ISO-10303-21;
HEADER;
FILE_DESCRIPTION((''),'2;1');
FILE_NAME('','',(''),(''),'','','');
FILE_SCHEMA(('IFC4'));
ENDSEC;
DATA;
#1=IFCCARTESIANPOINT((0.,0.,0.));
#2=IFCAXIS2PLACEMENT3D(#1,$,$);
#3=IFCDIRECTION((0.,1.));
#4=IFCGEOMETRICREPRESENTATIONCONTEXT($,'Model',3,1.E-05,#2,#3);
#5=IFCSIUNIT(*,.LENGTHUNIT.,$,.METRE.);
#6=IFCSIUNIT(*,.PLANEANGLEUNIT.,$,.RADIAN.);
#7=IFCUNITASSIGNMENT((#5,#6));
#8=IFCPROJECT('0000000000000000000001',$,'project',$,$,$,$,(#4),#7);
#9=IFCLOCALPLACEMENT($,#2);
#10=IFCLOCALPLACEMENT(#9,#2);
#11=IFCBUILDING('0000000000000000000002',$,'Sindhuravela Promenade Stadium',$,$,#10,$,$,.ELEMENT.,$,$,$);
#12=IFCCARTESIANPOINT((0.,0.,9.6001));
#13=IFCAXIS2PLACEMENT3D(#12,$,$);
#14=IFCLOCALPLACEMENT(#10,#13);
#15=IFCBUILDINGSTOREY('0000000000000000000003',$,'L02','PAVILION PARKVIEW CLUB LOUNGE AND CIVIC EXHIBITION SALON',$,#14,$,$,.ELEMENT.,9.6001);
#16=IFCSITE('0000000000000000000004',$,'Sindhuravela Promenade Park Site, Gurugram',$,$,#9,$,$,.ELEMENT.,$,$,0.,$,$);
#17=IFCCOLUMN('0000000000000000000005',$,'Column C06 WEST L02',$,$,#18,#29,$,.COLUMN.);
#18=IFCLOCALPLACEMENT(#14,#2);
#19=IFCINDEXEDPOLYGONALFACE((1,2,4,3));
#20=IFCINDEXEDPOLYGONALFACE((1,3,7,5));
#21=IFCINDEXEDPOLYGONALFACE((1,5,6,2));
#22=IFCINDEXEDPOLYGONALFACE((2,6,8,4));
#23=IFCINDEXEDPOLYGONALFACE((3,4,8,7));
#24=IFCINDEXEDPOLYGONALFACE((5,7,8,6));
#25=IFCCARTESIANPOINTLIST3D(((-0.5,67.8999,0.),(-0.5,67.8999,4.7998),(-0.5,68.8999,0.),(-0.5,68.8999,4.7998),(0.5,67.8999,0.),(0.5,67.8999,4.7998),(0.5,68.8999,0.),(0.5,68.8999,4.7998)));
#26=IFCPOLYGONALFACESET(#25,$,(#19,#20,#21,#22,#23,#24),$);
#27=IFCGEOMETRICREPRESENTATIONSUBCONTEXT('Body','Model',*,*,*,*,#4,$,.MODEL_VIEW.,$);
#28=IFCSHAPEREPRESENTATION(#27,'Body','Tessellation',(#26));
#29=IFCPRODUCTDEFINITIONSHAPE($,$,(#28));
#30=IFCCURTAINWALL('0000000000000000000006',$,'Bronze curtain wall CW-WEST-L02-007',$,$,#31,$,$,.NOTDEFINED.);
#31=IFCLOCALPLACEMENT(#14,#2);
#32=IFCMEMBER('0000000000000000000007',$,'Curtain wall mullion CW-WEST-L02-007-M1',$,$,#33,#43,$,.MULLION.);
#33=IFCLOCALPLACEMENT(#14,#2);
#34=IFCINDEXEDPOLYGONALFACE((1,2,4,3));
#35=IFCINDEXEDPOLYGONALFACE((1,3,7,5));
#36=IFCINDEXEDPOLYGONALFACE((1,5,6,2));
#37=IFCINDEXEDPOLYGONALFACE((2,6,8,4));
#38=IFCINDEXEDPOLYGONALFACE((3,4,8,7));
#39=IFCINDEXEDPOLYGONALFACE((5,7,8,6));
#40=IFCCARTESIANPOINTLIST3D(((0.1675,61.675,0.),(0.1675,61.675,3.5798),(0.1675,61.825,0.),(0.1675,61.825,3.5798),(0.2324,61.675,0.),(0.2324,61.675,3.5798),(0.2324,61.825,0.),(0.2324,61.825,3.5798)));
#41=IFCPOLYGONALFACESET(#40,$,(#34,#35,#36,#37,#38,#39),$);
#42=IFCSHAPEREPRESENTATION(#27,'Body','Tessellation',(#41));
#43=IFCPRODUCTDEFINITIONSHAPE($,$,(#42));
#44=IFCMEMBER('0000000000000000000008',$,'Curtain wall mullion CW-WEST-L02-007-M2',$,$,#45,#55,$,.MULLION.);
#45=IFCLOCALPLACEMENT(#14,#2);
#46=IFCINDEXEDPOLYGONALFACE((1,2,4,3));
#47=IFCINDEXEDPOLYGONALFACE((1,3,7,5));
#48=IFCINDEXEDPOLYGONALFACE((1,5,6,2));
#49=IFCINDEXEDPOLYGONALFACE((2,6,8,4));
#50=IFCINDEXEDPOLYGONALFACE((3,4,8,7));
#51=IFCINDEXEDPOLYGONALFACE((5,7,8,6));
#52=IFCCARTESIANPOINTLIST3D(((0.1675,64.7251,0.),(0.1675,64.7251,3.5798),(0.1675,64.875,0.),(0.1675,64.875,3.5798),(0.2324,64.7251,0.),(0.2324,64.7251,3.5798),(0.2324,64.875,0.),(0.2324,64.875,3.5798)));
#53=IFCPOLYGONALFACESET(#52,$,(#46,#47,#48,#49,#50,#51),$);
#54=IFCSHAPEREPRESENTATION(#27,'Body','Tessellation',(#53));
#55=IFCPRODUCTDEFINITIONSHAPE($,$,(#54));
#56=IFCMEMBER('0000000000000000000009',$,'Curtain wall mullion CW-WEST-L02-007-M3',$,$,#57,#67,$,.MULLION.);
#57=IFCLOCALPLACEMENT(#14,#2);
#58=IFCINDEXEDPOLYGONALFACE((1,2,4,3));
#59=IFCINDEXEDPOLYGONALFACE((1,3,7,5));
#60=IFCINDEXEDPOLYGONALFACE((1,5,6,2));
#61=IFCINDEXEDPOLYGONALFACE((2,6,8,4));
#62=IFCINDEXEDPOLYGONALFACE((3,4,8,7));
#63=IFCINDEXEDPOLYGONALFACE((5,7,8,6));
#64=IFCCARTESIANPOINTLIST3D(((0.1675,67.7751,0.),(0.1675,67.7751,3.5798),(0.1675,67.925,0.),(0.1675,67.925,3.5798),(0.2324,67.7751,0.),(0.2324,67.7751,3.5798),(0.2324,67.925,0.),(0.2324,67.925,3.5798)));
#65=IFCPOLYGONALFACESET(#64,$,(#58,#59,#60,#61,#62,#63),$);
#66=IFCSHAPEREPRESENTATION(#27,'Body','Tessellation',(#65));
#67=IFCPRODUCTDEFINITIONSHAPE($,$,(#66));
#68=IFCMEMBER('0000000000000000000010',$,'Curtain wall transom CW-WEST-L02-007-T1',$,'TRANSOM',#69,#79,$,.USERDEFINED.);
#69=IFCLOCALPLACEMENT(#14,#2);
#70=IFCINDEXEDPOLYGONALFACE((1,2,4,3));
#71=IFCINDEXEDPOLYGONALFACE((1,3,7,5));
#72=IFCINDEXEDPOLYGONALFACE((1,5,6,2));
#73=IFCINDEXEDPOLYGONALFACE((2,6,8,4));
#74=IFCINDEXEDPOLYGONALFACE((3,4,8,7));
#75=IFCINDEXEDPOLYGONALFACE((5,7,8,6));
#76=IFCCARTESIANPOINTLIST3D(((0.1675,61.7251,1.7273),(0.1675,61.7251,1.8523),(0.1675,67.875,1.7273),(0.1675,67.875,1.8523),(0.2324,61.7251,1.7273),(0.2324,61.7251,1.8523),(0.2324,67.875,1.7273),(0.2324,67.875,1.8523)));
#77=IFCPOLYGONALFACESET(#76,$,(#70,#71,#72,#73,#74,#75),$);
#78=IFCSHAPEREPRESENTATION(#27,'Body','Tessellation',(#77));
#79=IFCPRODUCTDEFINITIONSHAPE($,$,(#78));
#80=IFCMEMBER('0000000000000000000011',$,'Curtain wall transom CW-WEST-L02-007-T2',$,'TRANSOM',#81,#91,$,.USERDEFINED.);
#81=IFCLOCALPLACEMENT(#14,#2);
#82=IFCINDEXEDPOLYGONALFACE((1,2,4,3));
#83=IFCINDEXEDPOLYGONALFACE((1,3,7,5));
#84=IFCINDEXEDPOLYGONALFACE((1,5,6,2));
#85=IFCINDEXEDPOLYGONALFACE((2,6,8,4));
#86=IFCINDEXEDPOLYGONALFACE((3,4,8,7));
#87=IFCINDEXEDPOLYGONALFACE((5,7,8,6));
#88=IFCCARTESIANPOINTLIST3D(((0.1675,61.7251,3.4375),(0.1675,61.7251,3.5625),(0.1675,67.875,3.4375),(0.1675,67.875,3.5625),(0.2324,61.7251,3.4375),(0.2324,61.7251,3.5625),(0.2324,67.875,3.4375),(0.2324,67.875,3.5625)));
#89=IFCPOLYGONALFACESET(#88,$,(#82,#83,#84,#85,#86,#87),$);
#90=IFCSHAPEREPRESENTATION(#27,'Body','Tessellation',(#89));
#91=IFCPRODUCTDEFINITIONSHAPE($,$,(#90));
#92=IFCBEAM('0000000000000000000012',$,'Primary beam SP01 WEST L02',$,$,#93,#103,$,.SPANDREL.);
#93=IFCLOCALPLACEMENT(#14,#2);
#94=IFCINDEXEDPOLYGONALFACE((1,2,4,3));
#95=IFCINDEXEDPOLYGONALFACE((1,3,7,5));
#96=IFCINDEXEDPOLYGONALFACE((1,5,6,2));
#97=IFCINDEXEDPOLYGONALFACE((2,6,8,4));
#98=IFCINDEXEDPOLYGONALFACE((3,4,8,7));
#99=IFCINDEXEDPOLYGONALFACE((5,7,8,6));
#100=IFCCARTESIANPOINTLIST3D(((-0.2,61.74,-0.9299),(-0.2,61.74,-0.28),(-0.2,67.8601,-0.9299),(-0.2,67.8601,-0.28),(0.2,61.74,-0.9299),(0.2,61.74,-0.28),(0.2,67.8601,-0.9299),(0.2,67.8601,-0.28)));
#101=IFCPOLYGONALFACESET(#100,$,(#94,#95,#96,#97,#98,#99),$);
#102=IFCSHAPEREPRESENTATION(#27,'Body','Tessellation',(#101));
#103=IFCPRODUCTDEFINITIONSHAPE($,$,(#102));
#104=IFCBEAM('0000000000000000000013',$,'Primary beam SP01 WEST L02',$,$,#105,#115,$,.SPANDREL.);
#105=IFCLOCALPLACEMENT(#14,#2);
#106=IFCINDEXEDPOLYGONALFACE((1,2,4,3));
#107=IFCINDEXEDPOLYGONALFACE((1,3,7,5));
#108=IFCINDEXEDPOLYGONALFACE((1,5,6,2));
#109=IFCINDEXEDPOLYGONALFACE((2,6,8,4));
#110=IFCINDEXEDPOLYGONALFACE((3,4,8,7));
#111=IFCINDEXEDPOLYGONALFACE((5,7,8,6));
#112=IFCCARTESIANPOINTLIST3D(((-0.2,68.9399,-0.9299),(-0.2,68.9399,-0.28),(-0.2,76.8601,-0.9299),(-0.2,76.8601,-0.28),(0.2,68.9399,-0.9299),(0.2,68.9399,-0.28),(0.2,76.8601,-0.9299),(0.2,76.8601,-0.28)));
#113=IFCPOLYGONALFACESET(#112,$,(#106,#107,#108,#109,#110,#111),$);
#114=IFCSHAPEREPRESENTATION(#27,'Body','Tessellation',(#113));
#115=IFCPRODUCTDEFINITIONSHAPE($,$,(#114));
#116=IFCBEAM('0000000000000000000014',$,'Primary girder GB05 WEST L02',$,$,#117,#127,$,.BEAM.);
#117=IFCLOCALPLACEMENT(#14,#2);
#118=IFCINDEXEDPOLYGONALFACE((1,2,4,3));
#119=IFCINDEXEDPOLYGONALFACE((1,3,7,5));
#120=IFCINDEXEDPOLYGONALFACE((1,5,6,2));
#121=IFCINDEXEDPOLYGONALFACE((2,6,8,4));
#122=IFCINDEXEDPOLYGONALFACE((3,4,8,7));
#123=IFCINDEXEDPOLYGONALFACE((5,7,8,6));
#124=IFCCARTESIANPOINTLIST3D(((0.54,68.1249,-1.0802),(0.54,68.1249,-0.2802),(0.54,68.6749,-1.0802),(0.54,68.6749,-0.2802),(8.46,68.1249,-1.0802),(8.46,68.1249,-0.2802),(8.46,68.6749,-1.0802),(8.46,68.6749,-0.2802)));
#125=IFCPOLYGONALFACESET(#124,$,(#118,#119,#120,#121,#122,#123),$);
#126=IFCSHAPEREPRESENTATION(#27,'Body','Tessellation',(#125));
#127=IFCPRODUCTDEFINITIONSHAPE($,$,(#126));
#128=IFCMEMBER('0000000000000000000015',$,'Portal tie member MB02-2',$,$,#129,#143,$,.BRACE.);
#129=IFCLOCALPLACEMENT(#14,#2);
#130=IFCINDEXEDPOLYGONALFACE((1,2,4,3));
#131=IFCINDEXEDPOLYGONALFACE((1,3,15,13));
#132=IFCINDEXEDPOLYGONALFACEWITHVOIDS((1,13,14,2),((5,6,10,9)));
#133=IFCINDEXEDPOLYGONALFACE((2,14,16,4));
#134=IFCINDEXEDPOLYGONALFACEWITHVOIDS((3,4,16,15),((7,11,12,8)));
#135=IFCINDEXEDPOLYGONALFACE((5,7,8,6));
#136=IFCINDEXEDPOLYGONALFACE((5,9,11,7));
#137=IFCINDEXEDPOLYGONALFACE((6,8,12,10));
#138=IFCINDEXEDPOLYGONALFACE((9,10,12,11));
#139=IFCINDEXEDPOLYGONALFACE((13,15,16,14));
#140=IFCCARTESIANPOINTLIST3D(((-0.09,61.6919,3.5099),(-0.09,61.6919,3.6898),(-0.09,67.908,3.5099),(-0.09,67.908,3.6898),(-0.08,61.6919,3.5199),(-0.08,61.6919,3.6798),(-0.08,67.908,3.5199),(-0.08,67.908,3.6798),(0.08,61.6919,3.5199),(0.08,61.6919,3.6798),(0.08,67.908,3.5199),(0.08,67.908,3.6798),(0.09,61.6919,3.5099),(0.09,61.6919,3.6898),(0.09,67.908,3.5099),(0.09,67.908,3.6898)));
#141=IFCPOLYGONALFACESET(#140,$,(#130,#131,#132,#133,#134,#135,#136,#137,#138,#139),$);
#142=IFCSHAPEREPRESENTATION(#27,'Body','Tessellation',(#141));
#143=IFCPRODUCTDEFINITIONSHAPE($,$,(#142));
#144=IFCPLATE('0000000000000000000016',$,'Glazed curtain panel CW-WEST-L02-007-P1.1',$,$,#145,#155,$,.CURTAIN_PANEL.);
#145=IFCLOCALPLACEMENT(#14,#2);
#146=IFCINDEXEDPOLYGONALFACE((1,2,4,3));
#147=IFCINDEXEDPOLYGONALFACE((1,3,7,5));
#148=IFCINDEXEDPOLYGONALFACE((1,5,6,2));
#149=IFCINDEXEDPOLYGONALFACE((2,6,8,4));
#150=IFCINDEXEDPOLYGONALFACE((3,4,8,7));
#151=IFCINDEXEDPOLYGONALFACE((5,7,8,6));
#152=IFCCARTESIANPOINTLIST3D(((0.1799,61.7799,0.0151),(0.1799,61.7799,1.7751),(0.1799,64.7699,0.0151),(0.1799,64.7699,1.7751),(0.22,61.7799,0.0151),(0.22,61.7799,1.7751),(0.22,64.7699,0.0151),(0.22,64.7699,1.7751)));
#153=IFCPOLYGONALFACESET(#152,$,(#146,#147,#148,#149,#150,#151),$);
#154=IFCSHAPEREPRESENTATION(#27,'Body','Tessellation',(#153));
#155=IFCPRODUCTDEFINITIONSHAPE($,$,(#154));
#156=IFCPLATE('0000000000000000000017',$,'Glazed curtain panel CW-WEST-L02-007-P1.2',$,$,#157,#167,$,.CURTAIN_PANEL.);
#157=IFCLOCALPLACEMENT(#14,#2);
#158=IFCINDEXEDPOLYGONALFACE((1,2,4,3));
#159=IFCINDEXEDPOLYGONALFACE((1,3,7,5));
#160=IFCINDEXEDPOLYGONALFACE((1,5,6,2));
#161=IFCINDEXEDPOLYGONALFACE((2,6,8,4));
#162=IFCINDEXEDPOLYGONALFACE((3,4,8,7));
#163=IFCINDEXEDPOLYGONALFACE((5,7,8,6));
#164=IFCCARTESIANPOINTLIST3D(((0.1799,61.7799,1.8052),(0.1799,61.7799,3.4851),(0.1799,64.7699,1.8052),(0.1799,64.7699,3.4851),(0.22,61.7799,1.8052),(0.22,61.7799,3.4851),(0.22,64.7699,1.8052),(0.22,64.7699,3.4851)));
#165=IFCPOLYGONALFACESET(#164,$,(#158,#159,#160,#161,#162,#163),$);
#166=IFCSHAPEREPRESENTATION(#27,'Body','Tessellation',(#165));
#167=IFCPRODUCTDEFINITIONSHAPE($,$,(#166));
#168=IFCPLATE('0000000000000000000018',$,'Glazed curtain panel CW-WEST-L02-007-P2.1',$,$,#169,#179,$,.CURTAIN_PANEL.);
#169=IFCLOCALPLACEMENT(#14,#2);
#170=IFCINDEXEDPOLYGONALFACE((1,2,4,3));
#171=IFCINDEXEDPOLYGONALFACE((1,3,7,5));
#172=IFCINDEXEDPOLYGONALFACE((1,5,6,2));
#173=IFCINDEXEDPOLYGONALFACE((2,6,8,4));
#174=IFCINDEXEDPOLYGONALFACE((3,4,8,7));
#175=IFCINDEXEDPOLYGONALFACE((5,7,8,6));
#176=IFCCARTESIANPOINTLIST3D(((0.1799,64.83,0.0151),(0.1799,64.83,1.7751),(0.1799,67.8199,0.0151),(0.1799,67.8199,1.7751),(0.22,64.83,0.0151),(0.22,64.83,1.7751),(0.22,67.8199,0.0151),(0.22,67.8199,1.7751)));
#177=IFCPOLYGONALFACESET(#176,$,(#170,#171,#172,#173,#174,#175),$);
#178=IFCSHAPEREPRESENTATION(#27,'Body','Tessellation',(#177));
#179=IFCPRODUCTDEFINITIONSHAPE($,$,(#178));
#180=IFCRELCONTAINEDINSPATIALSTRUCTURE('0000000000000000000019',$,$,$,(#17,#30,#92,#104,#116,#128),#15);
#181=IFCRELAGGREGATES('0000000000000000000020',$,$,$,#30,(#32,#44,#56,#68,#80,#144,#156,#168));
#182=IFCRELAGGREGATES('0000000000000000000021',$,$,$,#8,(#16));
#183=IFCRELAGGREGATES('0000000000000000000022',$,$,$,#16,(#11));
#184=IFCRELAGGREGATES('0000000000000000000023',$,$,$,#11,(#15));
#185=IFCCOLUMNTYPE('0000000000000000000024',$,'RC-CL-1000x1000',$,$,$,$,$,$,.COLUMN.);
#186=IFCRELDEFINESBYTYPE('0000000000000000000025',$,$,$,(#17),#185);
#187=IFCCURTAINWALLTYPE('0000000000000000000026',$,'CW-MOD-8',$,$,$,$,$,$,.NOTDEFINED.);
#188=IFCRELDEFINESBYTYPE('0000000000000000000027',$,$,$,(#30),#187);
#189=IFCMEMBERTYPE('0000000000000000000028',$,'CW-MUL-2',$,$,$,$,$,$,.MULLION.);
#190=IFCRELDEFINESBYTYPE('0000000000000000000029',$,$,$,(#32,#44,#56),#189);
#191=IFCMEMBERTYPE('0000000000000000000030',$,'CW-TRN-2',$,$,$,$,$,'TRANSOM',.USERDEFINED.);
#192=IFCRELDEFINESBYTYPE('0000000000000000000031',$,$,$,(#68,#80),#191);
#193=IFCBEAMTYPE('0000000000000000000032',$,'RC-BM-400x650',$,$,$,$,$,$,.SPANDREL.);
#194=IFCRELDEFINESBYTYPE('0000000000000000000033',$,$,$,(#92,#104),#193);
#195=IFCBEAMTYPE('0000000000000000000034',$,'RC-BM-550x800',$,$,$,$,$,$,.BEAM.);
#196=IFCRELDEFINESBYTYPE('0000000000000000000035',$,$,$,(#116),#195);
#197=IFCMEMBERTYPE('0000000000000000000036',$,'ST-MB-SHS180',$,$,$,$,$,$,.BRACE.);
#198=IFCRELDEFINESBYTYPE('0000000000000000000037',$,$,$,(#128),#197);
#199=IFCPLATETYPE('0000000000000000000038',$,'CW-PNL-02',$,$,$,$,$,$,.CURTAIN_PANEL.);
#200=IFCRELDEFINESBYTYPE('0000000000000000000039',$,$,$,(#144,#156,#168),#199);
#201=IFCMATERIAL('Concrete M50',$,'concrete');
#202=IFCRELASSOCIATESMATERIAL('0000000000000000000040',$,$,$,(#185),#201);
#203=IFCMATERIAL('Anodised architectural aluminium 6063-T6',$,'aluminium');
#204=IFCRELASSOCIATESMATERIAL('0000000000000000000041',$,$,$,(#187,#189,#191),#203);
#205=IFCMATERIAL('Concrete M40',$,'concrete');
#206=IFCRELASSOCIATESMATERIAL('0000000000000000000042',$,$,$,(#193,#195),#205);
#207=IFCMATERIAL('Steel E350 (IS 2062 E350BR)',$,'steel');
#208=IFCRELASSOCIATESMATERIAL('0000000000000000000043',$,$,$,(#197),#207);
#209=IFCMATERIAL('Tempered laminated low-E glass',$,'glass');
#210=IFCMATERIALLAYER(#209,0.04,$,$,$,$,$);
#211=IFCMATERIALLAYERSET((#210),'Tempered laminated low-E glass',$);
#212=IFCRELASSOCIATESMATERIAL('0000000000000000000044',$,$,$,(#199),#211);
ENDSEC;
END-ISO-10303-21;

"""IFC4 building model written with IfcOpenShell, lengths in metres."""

from ifc_helpers import new_model, si_unit, direction, frame, origin, origin_2d, place, context, subcontext, project, spatial, rectangle, hollow_rectangle, extrude, material, layer, layer_set, material_profile, profile_set, type_object, element, aggregate, save


model = new_model("IFC4")

# Units and contexts
model_context = context("Model", 3, precision=1e-05, world=origin(), true_north=direction((0.0, 1.0)))
body_context = subcontext(model_context, "Body", "Model", "MODEL_VIEW")
ifc_project = project(units=[si_unit("LENGTHUNIT", "METRE"), si_unit("PLANEANGLEUNIT", "RADIAN")], contexts=[model_context])

# Site, building, storey
site_placement = place(None, origin())
site = spatial("IfcSite", under=ifc_project, at=site_placement, Name="Sindhuravela Promenade Park Site, Gurugram", CompositionType="ELEMENT", RefElevation=0.0)
building_placement = place(site_placement, origin())
building = spatial("IfcBuilding", under=site, at=building_placement, Name="Sindhuravela Promenade Stadium", CompositionType="ELEMENT")
storey_placement = place(building_placement, frame((0.0, 0.0, 9.6001)))
storey = spatial("IfcBuildingStorey", under=building, at=storey_placement, Name="L02", Description="PAVILION PARKVIEW CLUB LOUNGE AND CIVIC EXHIBITION SALON", CompositionType="ELEMENT", Elevation=9.6001)

# Column
ifc_material_1 = material(Name="Concrete M50", Category="concrete")
ifc_material_profile_1 = material_profile(ifc_material_1, rectangle(XDim=1.0, YDim=1.0, at=origin_2d()), Name="RC 1000x1000")
ifc_profile_set_1 = profile_set([ifc_material_profile_1], Name="Concrete M50")
column_type = type_object("IfcColumnType", Name="RC-CL-1000x1000", PredefinedType="COLUMN", material=ifc_profile_set_1)
column_placement = place(storey_placement, frame((0.0, 68.3999, 0.0), z_axis=(0.0, 0.0, 1.0), x_axis=(1.0, 0.0, 0.0)))
element("IfcColumn", 1, at=column_placement, inside=storey, type_object=column_type, Name="Column C06 WEST L02", PredefinedType="COLUMN", context=body_context, shape_type="SweptSolid", body=[
    extrude(rectangle(XDim=1.0, YDim=1.0, at=origin_2d()), origin(), (0.0, 0.0, 1.0), 4.7998),
])

# Curtain wall, members
ifc_material_2 = material(Name="Anodised architectural aluminium 6063-T6", Category="aluminium")
curtain_wall_type = type_object("IfcCurtainWallType", Name="CW-MOD-8", PredefinedType="NOTDEFINED", material=ifc_material_2)
curtain_wall_placement = place(storey_placement, origin())
curtain_wall = element("IfcCurtainWall", 2, at=curtain_wall_placement, inside=storey, type_object=curtain_wall_type, Name="Bronze curtain wall CW-WEST-L02-007", PredefinedType="NOTDEFINED")
ifc_material_profile_2 = material_profile(ifc_material_2, rectangle(XDim=0.0649, YDim=0.1499, at=origin_2d()), Name="ALU MULL 65x150")
ifc_profile_set_2 = profile_set([ifc_material_profile_2], Name="Anodised architectural aluminium 6063-T6")
member_type_1 = type_object("IfcMemberType", Name="CW-MUL-2", PredefinedType="MULLION", material=ifc_profile_set_2)
member_1_placement = place(storey_placement, frame((0.2, 61.75, 0.0), z_axis=(0.0, 0.0, 1.0), x_axis=(1.0, 0.0, 0.0)))
member_1 = element("IfcMember", 3, at=member_1_placement, type_object=member_type_1, Name="Curtain wall mullion CW-WEST-L02-007-M1", PredefinedType="MULLION", context=body_context, shape_type="SweptSolid", body=[
    extrude(rectangle(XDim=0.0649, YDim=0.1499, at=origin_2d()), origin(), (0.0, 0.0, 1.0), 3.5798),
])
member_2_placement = place(storey_placement, frame((0.2, 64.8, 0.0), z_axis=(0.0, 0.0, 1.0), x_axis=(1.0, 0.0, 0.0)))
member_2 = element("IfcMember", 4, at=member_2_placement, type_object=member_type_1, Name="Curtain wall mullion CW-WEST-L02-007-M2", PredefinedType="MULLION", context=body_context, shape_type="SweptSolid", body=[
    extrude(rectangle(XDim=0.0649, YDim=0.1499, at=origin_2d()), origin(), (0.0, 0.0, 1.0), 3.5798),
])
member_3_placement = place(storey_placement, frame((0.2, 67.8501, 0.0), z_axis=(0.0, 0.0, 1.0), x_axis=(1.0, 0.0, 0.0)))
member_3 = element("IfcMember", 5, at=member_3_placement, type_object=member_type_1, Name="Curtain wall mullion CW-WEST-L02-007-M3", PredefinedType="MULLION", context=body_context, shape_type="SweptSolid", body=[
    extrude(rectangle(XDim=0.0649, YDim=0.1499, at=origin_2d()), origin(), (0.0, 0.0, 1.0), 3.5798),
])
ifc_material_profile_3 = material_profile(ifc_material_2, rectangle(XDim=0.0649, YDim=0.125, at=origin_2d()), Name="ALU TRAN 65x125")
ifc_profile_set_3 = profile_set([ifc_material_profile_3], Name="Anodised architectural aluminium 6063-T6")
member_type_2 = type_object("IfcMemberType", Name="CW-TRN-2", ElementType="TRANSOM", PredefinedType="USERDEFINED", material=ifc_profile_set_3)
member_4_placement = place(storey_placement, frame((0.2, 61.7251, 1.7898), z_axis=(0.0, 1.0, 0.0), x_axis=(-1.0, 0.0, 0.0)))
member_4 = element("IfcMember", 6, at=member_4_placement, type_object=member_type_2, Name="Curtain wall transom CW-WEST-L02-007-T1", ObjectType="TRANSOM", PredefinedType="USERDEFINED", context=body_context, shape_type="SweptSolid", body=[
    extrude(rectangle(XDim=0.0649, YDim=0.125, at=origin_2d()), origin(), (0.0, 0.0, 1.0), 6.1499),
])
member_5_placement = place(storey_placement, frame((0.2, 61.7251, 3.5), z_axis=(0.0, 1.0, 0.0), x_axis=(-1.0, 0.0, 0.0)))
member_5 = element("IfcMember", 7, at=member_5_placement, type_object=member_type_2, Name="Curtain wall transom CW-WEST-L02-007-T2", ObjectType="TRANSOM", PredefinedType="USERDEFINED", context=body_context, shape_type="SweptSolid", body=[
    extrude(rectangle(XDim=0.0649, YDim=0.125, at=origin_2d()), origin(), (0.0, 0.0, 1.0), 6.1499),
])

# Beams
ifc_material_3 = material(Name="Concrete M40", Category="concrete")
ifc_material_profile_4 = material_profile(ifc_material_3, rectangle(XDim=0.3999, YDim=0.6499, at=origin_2d()), Name="RC 400x650")
ifc_profile_set_4 = profile_set([ifc_material_profile_4], Name="Concrete M40")
beam_type_1 = type_object("IfcBeamType", Name="RC-BM-400x650", PredefinedType="SPANDREL", material=ifc_profile_set_4)
beam_1_placement = place(storey_placement, frame((0.0, 61.74, -0.605), z_axis=(0.0, 1.0, 0.0), x_axis=(-1.0, 0.0, 0.0)))
element("IfcBeam", 8, at=beam_1_placement, inside=storey, type_object=beam_type_1, Name="Primary beam SP01 WEST L02", PredefinedType="SPANDREL", context=body_context, shape_type="SweptSolid", body=[
    extrude(rectangle(XDim=0.3999, YDim=0.6499, at=origin_2d()), origin(), (0.0, 0.0, 1.0), 6.1201),
])
beam_2_placement = place(storey_placement, frame((0.0, 68.9399, -0.605), z_axis=(0.0, 1.0, 0.0), x_axis=(-1.0, 0.0, 0.0)))
element("IfcBeam", 9, at=beam_2_placement, inside=storey, type_object=beam_type_1, Name="Primary beam SP01 WEST L02", PredefinedType="SPANDREL", context=body_context, shape_type="SweptSolid", body=[
    extrude(rectangle(XDim=0.3999, YDim=0.6499, at=origin_2d()), origin(), (0.0, 0.0, 1.0), 7.9202),
])
ifc_material_profile_5 = material_profile(ifc_material_3, rectangle(XDim=0.55, YDim=0.8, at=origin_2d()), Name="RC 550x800")
ifc_profile_set_5 = profile_set([ifc_material_profile_5], Name="Concrete M40")
beam_type_2 = type_object("IfcBeamType", Name="RC-BM-550x800", PredefinedType="BEAM", material=ifc_profile_set_5)
beam_3_placement = place(storey_placement, frame((0.54, 68.3999, -0.6802), z_axis=(1.0, 0.0, 0.0), x_axis=(0.0, 1.0, 0.0)))
element("IfcBeam", 10, at=beam_3_placement, inside=storey, type_object=beam_type_2, Name="Primary girder GB05 WEST L02", PredefinedType="BEAM", context=body_context, shape_type="SweptSolid", body=[
    extrude(rectangle(XDim=0.55, YDim=0.8, at=origin_2d()), origin(), (0.0, 0.0, 1.0), 7.9199),
])

# Member
ifc_material_4 = material(Name="Steel E350 (IS 2062 E350BR)", Category="steel")
ifc_material_profile_6 = material_profile(ifc_material_4, hollow_rectangle(XDim=0.1799, YDim=0.1799, WallThickness=0.01, at=origin_2d()), Name="SHS 180x180x10")
ifc_profile_set_6 = profile_set([ifc_material_profile_6], Name="Steel E350 (IS 2062 E350BR)")
member_type_3 = type_object("IfcMemberType", Name="ST-MB-SHS180", PredefinedType="BRACE", material=ifc_profile_set_6)
member_6_placement = place(storey_placement, frame((0.0, 61.6919, 3.5999), z_axis=(0.0, 1.0, 0.0), x_axis=(-1.0, 0.0, 0.0)))
element("IfcMember", 11, at=member_6_placement, inside=storey, type_object=member_type_3, Name="Portal tie member MB02-2", PredefinedType="BRACE", context=body_context, shape_type="SweptSolid", body=[
    extrude(hollow_rectangle(XDim=0.1799, YDim=0.1799, WallThickness=0.01, at=origin_2d()), origin(), (0.0, 0.0, 1.0), 6.2161),
])

# Plates
ifc_material_5 = material(Name="Tempered laminated low-E glass", Category="glass")
ifc_layer_1 = layer(ifc_material_5, 0.04)
ifc_layer_set_1 = layer_set([ifc_layer_1], Name="Tempered laminated low-E glass")
plate_type_1 = type_object("IfcPlateType", Name="CW-PNL-02", PredefinedType="CURTAIN_PANEL", material=ifc_layer_set_1)
plate_1_placement = place(storey_placement, frame((0.2, 63.2749, 0.0151), z_axis=(0.0, 0.0, 1.0), x_axis=(0.0, 1.0, 0.0)))
plate_1 = element("IfcPlate", 12, at=plate_1_placement, type_object=plate_type_1, Name="Glazed curtain panel CW-WEST-L02-007-P1.1", PredefinedType="CURTAIN_PANEL", context=body_context, shape_type="SweptSolid", body=[
    extrude(rectangle(XDim=2.99, YDim=0.04, at=origin_2d()), origin(), (0.0, 0.0, 1.0), 1.76),
])
plate_2_placement = place(storey_placement, frame((0.2, 63.2749, 1.8052), z_axis=(0.0, 0.0, 1.0), x_axis=(0.0, 1.0, 0.0)))
plate_2 = element("IfcPlate", 13, at=plate_2_placement, type_object=plate_type_1, Name="Glazed curtain panel CW-WEST-L02-007-P1.2", PredefinedType="CURTAIN_PANEL", context=body_context, shape_type="SweptSolid", body=[
    extrude(rectangle(XDim=2.99, YDim=0.04, at=origin_2d()), origin(), (0.0, 0.0, 1.0), 1.6799),
])
plate_3_placement = place(storey_placement, frame((0.2, 66.325, 0.0151), z_axis=(0.0, 0.0, 1.0), x_axis=(0.0, 1.0, 0.0)))
plate_3 = element("IfcPlate", 14, at=plate_3_placement, type_object=plate_type_1, Name="Glazed curtain panel CW-WEST-L02-007-P2.1", PredefinedType="CURTAIN_PANEL", context=body_context, shape_type="SweptSolid", body=[
    extrude(rectangle(XDim=2.99, YDim=0.04, at=origin_2d()), origin(), (0.0, 0.0, 1.0), 1.76),
])
aggregate(curtain_wall, [member_1, member_2, member_3, member_4, member_5, plate_1, plate_2, plate_3])

save(model, "model.ifc")
